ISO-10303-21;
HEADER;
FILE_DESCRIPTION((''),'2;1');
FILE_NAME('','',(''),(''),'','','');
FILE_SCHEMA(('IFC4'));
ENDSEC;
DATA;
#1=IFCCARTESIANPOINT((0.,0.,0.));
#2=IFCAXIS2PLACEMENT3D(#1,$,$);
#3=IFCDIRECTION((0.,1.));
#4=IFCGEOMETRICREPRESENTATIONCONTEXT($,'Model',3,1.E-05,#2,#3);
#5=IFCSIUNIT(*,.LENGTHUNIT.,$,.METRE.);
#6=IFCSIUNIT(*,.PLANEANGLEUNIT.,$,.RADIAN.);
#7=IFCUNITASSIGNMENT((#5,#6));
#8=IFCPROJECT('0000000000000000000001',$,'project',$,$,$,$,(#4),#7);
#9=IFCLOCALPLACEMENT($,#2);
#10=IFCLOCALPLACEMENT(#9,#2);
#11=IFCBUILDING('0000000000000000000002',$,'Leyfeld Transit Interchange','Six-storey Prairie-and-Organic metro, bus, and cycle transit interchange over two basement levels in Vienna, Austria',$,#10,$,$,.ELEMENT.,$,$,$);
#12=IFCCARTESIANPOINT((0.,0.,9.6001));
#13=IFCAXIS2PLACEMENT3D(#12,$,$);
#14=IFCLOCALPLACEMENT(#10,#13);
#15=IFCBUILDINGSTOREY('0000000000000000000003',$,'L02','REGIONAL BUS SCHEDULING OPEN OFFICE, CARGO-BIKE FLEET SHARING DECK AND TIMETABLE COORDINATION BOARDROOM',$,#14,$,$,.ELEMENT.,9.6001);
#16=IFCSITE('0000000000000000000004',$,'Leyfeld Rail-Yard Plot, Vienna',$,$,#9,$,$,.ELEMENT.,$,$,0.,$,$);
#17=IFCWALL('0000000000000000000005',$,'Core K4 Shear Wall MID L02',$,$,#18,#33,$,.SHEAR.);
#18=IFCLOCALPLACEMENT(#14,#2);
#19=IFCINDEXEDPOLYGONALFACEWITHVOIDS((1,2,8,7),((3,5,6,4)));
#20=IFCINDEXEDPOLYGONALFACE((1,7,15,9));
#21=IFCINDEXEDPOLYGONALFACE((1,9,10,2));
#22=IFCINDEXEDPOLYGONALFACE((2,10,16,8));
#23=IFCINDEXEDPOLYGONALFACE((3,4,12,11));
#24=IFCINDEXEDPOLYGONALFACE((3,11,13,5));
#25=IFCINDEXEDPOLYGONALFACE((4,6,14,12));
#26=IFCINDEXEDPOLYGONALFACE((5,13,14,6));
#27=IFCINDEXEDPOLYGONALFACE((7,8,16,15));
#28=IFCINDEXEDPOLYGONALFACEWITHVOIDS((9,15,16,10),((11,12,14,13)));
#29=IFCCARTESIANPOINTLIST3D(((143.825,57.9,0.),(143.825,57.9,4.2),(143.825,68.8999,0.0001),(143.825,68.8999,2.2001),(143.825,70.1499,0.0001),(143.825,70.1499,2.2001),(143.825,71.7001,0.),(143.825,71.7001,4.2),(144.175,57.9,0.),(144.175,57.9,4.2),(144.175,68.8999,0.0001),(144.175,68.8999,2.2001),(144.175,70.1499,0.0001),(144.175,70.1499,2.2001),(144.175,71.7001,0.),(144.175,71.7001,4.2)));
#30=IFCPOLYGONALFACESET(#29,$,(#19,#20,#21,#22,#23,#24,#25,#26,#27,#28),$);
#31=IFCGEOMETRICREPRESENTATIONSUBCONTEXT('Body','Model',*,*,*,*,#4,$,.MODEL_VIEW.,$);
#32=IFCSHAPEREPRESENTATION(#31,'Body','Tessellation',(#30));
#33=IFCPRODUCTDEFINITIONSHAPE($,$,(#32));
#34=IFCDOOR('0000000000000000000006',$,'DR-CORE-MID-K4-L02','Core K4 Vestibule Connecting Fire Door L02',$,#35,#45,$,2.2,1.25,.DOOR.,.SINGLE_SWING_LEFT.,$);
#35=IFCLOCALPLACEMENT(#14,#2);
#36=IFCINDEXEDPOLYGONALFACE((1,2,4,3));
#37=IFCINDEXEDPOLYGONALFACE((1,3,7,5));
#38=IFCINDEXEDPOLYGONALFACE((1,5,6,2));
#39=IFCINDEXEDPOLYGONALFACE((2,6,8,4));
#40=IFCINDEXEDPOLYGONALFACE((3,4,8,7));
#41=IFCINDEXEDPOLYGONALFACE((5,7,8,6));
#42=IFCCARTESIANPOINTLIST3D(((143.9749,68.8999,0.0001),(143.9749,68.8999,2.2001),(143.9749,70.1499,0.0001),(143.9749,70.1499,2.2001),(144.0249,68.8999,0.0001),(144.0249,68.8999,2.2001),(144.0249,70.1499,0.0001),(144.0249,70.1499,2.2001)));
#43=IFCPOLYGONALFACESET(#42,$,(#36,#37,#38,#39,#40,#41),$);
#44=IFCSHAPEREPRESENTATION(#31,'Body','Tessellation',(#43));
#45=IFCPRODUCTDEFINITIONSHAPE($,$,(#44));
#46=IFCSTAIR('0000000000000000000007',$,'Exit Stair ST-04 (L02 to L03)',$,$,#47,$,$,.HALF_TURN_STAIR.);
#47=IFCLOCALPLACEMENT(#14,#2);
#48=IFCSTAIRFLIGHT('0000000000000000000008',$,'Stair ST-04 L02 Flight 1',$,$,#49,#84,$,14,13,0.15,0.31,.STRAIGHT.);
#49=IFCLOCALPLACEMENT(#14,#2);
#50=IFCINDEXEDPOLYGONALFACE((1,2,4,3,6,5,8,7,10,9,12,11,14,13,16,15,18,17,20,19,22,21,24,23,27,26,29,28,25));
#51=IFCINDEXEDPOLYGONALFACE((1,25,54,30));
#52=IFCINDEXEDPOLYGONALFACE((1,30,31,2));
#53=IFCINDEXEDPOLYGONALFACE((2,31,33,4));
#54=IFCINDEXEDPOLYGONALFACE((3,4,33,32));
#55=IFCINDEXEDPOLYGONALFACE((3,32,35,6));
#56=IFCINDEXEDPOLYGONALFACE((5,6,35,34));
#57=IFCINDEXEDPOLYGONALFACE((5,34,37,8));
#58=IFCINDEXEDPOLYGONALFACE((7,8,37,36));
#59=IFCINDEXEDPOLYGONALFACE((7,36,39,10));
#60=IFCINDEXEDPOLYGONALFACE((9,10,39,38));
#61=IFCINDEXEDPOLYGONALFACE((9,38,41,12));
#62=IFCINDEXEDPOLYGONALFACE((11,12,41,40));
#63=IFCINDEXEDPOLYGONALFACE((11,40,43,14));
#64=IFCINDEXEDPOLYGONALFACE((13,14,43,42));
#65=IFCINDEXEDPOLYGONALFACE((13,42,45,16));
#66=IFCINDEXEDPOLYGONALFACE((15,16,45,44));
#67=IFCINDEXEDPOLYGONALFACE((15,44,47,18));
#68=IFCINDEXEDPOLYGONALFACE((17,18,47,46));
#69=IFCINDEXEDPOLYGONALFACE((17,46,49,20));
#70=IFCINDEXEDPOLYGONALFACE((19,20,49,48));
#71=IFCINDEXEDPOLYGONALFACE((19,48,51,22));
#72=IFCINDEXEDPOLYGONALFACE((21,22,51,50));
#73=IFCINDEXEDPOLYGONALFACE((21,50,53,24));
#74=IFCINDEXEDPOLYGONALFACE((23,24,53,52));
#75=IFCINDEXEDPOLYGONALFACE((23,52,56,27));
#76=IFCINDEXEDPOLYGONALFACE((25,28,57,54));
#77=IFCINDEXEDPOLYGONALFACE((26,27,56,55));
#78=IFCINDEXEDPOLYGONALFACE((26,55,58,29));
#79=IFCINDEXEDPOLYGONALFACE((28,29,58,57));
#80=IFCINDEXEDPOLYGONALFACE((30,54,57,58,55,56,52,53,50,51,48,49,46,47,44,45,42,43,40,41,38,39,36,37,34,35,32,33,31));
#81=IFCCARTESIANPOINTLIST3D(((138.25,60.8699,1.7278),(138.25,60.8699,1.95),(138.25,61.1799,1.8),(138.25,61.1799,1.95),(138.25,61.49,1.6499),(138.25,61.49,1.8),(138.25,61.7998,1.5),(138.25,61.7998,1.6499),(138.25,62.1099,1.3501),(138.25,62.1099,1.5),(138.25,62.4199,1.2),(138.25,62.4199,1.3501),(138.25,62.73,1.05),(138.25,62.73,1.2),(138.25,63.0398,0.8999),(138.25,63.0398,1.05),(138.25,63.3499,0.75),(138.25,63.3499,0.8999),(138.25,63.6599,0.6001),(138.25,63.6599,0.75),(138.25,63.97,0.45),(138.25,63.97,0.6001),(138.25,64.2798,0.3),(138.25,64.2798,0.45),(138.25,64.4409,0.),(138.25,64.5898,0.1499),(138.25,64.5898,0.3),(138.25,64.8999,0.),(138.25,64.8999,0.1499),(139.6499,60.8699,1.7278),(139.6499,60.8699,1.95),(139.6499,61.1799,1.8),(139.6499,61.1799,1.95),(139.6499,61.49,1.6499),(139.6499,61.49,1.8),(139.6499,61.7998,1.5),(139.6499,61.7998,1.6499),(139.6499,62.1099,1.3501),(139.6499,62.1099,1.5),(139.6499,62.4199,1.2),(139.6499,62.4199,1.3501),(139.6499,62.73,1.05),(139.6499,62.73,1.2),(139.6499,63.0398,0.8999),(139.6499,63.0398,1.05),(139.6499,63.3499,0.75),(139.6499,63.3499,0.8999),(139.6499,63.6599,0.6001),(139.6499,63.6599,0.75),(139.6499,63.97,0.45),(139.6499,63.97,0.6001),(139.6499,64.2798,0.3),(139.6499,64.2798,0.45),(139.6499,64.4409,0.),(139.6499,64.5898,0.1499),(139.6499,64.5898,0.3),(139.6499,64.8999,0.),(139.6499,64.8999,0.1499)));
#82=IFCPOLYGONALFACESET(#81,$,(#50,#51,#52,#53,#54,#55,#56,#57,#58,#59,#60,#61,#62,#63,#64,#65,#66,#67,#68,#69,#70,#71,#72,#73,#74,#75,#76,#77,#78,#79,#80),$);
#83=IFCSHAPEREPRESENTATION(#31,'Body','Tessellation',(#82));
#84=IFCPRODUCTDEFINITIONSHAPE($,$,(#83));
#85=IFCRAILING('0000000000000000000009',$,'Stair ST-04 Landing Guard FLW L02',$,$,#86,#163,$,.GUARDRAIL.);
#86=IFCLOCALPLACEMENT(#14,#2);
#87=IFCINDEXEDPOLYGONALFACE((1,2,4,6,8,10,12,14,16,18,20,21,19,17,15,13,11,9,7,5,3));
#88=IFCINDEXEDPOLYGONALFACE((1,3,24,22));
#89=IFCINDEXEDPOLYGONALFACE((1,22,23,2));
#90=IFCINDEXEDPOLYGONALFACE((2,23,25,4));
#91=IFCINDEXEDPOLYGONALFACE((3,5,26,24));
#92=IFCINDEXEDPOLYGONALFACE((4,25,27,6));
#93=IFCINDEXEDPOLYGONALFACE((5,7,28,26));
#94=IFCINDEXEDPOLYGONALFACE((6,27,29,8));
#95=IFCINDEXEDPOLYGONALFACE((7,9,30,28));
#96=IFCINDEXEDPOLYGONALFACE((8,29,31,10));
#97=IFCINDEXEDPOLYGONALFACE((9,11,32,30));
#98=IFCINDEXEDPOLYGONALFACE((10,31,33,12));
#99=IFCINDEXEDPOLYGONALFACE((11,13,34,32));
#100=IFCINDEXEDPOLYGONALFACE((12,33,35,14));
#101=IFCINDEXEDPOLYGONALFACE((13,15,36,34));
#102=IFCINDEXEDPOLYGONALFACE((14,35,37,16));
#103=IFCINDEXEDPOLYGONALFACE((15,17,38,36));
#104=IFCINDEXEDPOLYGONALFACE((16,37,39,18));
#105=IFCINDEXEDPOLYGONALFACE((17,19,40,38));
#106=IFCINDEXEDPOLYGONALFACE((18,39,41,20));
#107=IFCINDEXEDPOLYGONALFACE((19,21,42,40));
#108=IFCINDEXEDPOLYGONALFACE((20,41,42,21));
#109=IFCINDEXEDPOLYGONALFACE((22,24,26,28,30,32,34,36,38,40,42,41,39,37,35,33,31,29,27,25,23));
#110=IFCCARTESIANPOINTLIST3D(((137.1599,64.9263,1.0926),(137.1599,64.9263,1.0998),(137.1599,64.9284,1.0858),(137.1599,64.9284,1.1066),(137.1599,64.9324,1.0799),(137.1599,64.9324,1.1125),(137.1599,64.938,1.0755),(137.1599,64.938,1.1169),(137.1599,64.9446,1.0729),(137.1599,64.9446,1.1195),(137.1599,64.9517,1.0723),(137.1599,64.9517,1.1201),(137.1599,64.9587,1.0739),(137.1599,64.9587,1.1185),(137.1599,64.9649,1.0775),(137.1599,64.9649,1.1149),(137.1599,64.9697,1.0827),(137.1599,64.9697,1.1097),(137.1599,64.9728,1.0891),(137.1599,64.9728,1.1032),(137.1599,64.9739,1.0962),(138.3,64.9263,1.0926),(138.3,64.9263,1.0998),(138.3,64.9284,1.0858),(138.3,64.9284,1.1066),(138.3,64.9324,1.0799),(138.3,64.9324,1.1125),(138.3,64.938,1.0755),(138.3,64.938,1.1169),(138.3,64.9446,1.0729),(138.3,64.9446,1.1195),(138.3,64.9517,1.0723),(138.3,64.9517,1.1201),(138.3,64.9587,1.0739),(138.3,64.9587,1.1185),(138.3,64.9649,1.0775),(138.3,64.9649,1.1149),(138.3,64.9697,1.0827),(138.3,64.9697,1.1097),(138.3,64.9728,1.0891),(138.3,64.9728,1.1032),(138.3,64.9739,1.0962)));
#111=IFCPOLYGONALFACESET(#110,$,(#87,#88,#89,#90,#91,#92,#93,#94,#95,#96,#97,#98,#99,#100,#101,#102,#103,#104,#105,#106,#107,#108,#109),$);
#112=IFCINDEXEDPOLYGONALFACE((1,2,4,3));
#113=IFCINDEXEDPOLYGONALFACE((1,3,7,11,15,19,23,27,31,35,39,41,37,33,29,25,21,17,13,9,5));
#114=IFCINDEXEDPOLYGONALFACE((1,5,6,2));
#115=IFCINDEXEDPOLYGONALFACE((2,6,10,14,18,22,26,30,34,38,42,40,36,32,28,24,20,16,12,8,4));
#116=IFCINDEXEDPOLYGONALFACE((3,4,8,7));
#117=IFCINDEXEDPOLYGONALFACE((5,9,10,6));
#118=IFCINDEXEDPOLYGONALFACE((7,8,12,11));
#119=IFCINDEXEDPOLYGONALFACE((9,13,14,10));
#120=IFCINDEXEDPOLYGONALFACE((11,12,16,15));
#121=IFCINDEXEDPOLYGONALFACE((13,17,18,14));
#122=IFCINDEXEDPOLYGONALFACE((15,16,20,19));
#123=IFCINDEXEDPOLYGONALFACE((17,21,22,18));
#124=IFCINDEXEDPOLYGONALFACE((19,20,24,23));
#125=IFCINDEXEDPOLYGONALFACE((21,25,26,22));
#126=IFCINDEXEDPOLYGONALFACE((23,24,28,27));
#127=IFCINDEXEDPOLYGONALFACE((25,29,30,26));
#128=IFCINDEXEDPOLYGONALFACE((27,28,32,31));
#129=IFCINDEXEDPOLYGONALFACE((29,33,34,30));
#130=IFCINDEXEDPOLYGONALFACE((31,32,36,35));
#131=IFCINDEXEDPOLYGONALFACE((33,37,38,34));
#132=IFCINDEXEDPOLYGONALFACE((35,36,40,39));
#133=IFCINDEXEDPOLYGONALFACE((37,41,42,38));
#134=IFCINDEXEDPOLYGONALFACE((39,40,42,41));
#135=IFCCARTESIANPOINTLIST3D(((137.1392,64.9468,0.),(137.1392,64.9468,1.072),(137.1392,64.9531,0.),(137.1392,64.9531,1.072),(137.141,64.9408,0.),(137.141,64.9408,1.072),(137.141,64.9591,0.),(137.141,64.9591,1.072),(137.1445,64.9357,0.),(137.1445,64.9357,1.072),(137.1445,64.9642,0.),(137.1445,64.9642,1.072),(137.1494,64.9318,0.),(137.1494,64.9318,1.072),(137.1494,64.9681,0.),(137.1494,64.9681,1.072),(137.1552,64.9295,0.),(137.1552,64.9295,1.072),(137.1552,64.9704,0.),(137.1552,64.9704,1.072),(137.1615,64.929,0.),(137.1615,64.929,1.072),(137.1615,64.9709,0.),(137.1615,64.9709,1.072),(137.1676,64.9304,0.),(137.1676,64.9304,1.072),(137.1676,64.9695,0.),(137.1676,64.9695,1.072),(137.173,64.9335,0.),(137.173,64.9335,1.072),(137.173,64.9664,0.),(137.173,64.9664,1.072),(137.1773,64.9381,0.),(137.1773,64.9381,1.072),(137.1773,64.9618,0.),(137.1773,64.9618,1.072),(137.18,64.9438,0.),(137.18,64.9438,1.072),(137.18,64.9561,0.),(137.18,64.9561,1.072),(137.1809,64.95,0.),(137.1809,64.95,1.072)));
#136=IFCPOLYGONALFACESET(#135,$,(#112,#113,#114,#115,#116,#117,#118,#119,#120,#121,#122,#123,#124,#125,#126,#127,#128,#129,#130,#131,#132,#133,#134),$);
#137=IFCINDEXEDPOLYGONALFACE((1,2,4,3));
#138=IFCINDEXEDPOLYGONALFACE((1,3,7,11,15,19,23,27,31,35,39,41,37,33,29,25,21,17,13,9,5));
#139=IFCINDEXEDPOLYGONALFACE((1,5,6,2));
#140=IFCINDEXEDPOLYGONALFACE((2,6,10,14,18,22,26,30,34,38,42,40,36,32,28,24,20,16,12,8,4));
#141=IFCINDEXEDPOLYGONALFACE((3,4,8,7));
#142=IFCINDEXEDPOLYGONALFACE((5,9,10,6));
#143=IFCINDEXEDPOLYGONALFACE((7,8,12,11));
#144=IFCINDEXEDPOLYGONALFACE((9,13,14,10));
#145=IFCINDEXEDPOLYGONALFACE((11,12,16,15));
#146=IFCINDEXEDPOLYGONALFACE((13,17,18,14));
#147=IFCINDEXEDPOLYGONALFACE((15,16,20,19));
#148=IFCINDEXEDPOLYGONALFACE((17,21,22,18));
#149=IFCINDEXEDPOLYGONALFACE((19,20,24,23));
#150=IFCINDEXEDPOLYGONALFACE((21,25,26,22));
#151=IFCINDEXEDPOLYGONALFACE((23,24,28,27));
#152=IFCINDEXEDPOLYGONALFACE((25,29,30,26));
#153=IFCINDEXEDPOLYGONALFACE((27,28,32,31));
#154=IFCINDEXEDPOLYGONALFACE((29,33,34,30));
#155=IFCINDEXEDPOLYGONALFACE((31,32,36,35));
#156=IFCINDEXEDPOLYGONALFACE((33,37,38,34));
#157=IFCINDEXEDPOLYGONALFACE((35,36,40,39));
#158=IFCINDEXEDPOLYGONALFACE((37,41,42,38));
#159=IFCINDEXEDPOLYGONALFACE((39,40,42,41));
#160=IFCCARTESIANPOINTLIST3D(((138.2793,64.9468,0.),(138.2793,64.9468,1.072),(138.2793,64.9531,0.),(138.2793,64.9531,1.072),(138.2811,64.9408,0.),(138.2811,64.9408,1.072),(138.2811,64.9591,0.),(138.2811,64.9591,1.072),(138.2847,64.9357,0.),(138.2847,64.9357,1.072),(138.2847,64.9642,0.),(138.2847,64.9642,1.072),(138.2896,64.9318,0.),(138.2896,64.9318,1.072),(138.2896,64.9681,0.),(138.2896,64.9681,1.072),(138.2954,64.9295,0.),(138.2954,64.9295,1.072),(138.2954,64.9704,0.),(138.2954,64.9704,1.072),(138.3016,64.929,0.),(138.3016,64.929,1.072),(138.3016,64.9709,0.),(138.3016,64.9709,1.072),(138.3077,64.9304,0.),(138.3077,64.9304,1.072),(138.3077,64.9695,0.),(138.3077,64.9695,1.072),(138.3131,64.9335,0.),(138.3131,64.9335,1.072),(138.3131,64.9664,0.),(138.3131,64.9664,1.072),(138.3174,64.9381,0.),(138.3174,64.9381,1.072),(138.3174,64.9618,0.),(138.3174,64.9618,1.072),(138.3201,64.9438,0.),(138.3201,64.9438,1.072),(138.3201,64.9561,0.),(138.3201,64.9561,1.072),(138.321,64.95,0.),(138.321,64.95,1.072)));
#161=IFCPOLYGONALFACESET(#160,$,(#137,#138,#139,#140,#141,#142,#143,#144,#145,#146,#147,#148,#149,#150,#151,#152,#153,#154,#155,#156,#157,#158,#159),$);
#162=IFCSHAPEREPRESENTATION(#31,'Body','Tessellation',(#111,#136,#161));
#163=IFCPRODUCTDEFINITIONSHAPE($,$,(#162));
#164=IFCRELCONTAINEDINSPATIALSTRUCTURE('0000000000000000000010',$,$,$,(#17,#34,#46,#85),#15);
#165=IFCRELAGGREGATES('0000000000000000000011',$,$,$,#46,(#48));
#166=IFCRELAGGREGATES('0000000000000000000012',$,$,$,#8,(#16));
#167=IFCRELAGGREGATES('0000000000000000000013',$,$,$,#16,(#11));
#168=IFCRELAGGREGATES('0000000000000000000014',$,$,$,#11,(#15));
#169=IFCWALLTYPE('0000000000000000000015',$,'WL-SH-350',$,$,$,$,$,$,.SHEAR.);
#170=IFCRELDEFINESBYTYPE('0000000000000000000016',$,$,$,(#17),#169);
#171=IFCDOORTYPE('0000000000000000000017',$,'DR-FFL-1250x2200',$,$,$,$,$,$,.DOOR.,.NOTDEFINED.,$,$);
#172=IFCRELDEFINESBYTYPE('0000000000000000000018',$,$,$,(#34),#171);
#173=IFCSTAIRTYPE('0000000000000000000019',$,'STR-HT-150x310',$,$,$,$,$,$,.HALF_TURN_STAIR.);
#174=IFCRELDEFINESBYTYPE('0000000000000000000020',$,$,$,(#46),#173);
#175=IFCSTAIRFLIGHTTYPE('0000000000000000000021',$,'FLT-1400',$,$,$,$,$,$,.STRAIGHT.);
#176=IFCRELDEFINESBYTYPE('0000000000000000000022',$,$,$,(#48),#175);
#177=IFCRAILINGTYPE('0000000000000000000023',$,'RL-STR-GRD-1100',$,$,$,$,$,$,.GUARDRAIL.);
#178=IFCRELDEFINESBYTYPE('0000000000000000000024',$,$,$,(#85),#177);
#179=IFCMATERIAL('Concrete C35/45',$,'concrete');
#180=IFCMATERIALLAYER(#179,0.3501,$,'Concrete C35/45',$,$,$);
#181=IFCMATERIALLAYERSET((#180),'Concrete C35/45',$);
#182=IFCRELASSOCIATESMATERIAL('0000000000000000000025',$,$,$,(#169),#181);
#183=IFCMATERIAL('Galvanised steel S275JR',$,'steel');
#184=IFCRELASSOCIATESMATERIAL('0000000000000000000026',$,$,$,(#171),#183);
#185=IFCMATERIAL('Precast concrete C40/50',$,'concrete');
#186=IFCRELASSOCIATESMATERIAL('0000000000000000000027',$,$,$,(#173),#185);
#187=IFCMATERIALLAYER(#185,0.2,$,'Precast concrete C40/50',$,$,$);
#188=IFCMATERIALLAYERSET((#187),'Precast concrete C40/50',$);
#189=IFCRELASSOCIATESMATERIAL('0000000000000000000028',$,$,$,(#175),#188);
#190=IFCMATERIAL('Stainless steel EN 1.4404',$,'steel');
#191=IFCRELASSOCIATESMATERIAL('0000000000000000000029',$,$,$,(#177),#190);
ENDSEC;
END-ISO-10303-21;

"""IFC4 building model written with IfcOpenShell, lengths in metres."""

from ifc_helpers import new_model, si_unit, direction, frame, frame_2d, origin, origin_2d, place, context, subcontext, project, spatial, polyline, rectangle, circle, outline, extrude, material, layer, layer_set, type_object, element, fill, aggregate, save


model = new_model("IFC4")

# Units and contexts
model_context = context("Model", 3, precision=1e-05, world=origin(), true_north=direction((0.0, 1.0)))
body_context = subcontext(model_context, "Body", "Model", "MODEL_VIEW")
ifc_project = project(units=[si_unit("LENGTHUNIT", "METRE"), si_unit("PLANEANGLEUNIT", "RADIAN")], contexts=[model_context])

# Site, building, storey
site_placement = place(None, origin())
site = spatial("IfcSite", under=ifc_project, at=site_placement, Name="Leyfeld Rail-Yard Plot, Vienna", CompositionType="ELEMENT", RefElevation=0.0)
building_placement = place(site_placement, origin())
building = spatial("IfcBuilding", under=site, at=building_placement, Name="Leyfeld Transit Interchange", Description="Six-storey Prairie-and-Organic metro, bus, and cycle transit interchange over two basement levels in Vienna, Austria", CompositionType="ELEMENT")
storey_placement = place(building_placement, frame((0.0, 0.0, 9.6001)))
storey = spatial("IfcBuildingStorey", under=building, at=storey_placement, Name="L02", Description="REGIONAL BUS SCHEDULING OPEN OFFICE, CARGO-BIKE FLEET SHARING DECK AND TIMETABLE COORDINATION BOARDROOM", CompositionType="ELEMENT", Elevation=9.6001)

# Shared definitions
ifc_material_1 = material(Name="Concrete C35/45", Category="concrete")

# Wall, opening, door
ifc_material_2 = material(Name="Galvanised steel S275JR", Category="steel")
ifc_layer_1 = layer(ifc_material_1, 0.3501, Name="Concrete C35/45")
ifc_layer_set_1 = layer_set([ifc_layer_1], Name="Concrete C35/45")
wall_type_1 = type_object("IfcWallType", Name="WL-SH-350", PredefinedType="SHEAR", material=ifc_layer_set_1)
wall_1_placement = place(storey_placement, frame((144.0, 71.7, 0.0), z_axis=(0.0, 0.0, 1.0), x_axis=(0.0, -1.0, 0.0)))
wall_1 = element("IfcWall", 1, at=wall_1_placement, inside=storey, type_object=wall_type_1, Name="Core K4 Shear Wall MID L02", PredefinedType="SHEAR", context=body_context, shape_type="SweptSolid", body=[
    extrude(rectangle(XDim=13.8, YDim=0.3501, at=frame_2d((6.8999, 0.0))), origin(), (0.0, 0.0, 1.0), 4.2),
])
opening_1_placement = place(wall_1_placement, frame((1.55, 0.0, 0.0)))
opening_1 = element("IfcOpeningElement", 2, at=opening_1_placement, cuts=wall_1, PredefinedType="OPENING", context=body_context, shape_type="SweptSolid", body=[
    extrude(rectangle(XDim=1.25, YDim=2.2, at=frame_2d((0.625, 1.1001))), frame((0.0, 0.1851, 0.0), z_axis=(0.0, -1.0, 0.0), x_axis=(1.0, 0.0, 0.0)), (0.0, 0.0, 1.0), 0.3701),
])
door_type_1 = type_object("IfcDoorType", Name="DR-FFL-1250x2200", OperationType="NOTDEFINED", PredefinedType="DOOR", material=ifc_material_2)
door_1_placement = place(opening_1_placement, origin())
door_1 = element("IfcDoor", 3, at=door_1_placement, inside=storey, type_object=door_type_1, Name="DR-CORE-MID-K4-L02", Description="Core K4 Vestibule Connecting Fire Door L02", OperationType="SINGLE_SWING_LEFT", OverallHeight=2.2, OverallWidth=1.25, PredefinedType="DOOR", context=body_context, shape_type="SweptSolid", body=[
    extrude(rectangle(XDim=1.25, YDim=2.2, at=frame_2d((0.625, 1.1001))), frame((0.0, 0.0249, 0.0), z_axis=(0.0, -1.0, 0.0), x_axis=(1.0, 0.0, 0.0)), (0.0, 0.0, 1.0), 0.05),
])
fill(opening_1, door_1)

# Stair, stair flight
ifc_material_3 = material(Name="Precast concrete C40/50", Category="concrete")
stair_type = type_object("IfcStairType", Name="STR-HT-150x310", PredefinedType="HALF_TURN_STAIR", material=ifc_material_3)
stair_placement = place(storey_placement, origin())
stair = element("IfcStair", 4, at=stair_placement, inside=storey, type_object=stair_type, Name="Exit Stair ST-04 (L02 to L03)", PredefinedType="HALF_TURN_STAIR")
ifc_layer_2 = layer(ifc_material_3, 0.2, Name="Precast concrete C40/50")
ifc_layer_set_2 = layer_set([ifc_layer_2], Name="Precast concrete C40/50")
stair_flight_type = type_object("IfcStairFlightType", Name="FLT-1400", PredefinedType="STRAIGHT", material=ifc_layer_set_2)
stair_flight_placement = place(storey_placement, frame((138.95, 64.8999, 0.0), z_axis=(0.0, 0.0, 1.0), x_axis=(0.0, -1.0, 0.0)))
stair_flight = element("IfcStairFlight", 5, at=stair_flight_placement, type_object=stair_flight_type, Name="Stair ST-04 L02 Flight 1", NumberOfRisers=14, NumberOfTreads=13, PredefinedType="STRAIGHT", RiserHeight=0.15, TreadLength=0.31, context=body_context, shape_type="SweptSolid", body=[
    extrude(outline(polyline([(0.0, 0.0), (0.0, 0.1499), (0.3101, 0.1499), (0.3101, 0.3), (0.6201, 0.3), (0.6201, 0.45), (0.9299, 0.45), (0.9299, 0.6001), (1.24, 0.6001), (1.24, 0.75), (1.55, 0.75), (1.55, 0.8999), (1.8601, 0.8999), (1.8601, 1.05), (2.1699, 1.05), (2.1699, 1.2), (2.48, 1.2), (2.48, 1.3501), (2.79, 1.3501), (2.79, 1.5), (3.1001, 1.5), (3.1001, 1.6499), (3.4099, 1.6499), (3.4099, 1.8), (3.72, 1.8), (3.72, 1.95), (4.03, 1.95), (4.03, 2.1001), (4.03, 1.7278), (0.459, 0.0), (0.0, 0.0)])), frame((0.0, 0.7, 0.0), z_axis=(0.0, -1.0, 0.0), x_axis=(1.0, 0.0, 0.0)), (0.0, 0.0, 1.0), 1.3999),
])
aggregate(stair, [stair_flight])

# Railing
ifc_material_4 = material(Name="Stainless steel EN 1.4404", Category="steel")
railing_type_1 = type_object("IfcRailingType", Name="RL-STR-GRD-1100", PredefinedType="GUARDRAIL", material=ifc_material_4)
railing_1_placement = place(storey_placement, frame((137.1599, 64.95, 0.0)))
element("IfcRailing", 6, at=railing_1_placement, inside=storey, type_object=railing_type_1, Name="Stair ST-04 Landing Guard FLW L02", PredefinedType="GUARDRAIL", context=body_context, shape_type="SweptSolid", body=[
    extrude(circle(Radius=0.0239, at=origin_2d()), frame((0.0, 0.0, 1.0962), z_axis=(1.0, 0.0, 0.0), x_axis=(0.0, 1.0, 0.0)), (0.0, 0.0, 1.0), 1.1401),
    extrude(circle(Radius=0.021, at=origin_2d()), origin(), (0.0, 0.0, 1.0), 1.072),
    extrude(circle(Radius=0.021, at=origin_2d()), frame((1.1401, 0.0, 0.0)), (0.0, 0.0, 1.0), 1.072),
])

save(model, "model.ifc")
